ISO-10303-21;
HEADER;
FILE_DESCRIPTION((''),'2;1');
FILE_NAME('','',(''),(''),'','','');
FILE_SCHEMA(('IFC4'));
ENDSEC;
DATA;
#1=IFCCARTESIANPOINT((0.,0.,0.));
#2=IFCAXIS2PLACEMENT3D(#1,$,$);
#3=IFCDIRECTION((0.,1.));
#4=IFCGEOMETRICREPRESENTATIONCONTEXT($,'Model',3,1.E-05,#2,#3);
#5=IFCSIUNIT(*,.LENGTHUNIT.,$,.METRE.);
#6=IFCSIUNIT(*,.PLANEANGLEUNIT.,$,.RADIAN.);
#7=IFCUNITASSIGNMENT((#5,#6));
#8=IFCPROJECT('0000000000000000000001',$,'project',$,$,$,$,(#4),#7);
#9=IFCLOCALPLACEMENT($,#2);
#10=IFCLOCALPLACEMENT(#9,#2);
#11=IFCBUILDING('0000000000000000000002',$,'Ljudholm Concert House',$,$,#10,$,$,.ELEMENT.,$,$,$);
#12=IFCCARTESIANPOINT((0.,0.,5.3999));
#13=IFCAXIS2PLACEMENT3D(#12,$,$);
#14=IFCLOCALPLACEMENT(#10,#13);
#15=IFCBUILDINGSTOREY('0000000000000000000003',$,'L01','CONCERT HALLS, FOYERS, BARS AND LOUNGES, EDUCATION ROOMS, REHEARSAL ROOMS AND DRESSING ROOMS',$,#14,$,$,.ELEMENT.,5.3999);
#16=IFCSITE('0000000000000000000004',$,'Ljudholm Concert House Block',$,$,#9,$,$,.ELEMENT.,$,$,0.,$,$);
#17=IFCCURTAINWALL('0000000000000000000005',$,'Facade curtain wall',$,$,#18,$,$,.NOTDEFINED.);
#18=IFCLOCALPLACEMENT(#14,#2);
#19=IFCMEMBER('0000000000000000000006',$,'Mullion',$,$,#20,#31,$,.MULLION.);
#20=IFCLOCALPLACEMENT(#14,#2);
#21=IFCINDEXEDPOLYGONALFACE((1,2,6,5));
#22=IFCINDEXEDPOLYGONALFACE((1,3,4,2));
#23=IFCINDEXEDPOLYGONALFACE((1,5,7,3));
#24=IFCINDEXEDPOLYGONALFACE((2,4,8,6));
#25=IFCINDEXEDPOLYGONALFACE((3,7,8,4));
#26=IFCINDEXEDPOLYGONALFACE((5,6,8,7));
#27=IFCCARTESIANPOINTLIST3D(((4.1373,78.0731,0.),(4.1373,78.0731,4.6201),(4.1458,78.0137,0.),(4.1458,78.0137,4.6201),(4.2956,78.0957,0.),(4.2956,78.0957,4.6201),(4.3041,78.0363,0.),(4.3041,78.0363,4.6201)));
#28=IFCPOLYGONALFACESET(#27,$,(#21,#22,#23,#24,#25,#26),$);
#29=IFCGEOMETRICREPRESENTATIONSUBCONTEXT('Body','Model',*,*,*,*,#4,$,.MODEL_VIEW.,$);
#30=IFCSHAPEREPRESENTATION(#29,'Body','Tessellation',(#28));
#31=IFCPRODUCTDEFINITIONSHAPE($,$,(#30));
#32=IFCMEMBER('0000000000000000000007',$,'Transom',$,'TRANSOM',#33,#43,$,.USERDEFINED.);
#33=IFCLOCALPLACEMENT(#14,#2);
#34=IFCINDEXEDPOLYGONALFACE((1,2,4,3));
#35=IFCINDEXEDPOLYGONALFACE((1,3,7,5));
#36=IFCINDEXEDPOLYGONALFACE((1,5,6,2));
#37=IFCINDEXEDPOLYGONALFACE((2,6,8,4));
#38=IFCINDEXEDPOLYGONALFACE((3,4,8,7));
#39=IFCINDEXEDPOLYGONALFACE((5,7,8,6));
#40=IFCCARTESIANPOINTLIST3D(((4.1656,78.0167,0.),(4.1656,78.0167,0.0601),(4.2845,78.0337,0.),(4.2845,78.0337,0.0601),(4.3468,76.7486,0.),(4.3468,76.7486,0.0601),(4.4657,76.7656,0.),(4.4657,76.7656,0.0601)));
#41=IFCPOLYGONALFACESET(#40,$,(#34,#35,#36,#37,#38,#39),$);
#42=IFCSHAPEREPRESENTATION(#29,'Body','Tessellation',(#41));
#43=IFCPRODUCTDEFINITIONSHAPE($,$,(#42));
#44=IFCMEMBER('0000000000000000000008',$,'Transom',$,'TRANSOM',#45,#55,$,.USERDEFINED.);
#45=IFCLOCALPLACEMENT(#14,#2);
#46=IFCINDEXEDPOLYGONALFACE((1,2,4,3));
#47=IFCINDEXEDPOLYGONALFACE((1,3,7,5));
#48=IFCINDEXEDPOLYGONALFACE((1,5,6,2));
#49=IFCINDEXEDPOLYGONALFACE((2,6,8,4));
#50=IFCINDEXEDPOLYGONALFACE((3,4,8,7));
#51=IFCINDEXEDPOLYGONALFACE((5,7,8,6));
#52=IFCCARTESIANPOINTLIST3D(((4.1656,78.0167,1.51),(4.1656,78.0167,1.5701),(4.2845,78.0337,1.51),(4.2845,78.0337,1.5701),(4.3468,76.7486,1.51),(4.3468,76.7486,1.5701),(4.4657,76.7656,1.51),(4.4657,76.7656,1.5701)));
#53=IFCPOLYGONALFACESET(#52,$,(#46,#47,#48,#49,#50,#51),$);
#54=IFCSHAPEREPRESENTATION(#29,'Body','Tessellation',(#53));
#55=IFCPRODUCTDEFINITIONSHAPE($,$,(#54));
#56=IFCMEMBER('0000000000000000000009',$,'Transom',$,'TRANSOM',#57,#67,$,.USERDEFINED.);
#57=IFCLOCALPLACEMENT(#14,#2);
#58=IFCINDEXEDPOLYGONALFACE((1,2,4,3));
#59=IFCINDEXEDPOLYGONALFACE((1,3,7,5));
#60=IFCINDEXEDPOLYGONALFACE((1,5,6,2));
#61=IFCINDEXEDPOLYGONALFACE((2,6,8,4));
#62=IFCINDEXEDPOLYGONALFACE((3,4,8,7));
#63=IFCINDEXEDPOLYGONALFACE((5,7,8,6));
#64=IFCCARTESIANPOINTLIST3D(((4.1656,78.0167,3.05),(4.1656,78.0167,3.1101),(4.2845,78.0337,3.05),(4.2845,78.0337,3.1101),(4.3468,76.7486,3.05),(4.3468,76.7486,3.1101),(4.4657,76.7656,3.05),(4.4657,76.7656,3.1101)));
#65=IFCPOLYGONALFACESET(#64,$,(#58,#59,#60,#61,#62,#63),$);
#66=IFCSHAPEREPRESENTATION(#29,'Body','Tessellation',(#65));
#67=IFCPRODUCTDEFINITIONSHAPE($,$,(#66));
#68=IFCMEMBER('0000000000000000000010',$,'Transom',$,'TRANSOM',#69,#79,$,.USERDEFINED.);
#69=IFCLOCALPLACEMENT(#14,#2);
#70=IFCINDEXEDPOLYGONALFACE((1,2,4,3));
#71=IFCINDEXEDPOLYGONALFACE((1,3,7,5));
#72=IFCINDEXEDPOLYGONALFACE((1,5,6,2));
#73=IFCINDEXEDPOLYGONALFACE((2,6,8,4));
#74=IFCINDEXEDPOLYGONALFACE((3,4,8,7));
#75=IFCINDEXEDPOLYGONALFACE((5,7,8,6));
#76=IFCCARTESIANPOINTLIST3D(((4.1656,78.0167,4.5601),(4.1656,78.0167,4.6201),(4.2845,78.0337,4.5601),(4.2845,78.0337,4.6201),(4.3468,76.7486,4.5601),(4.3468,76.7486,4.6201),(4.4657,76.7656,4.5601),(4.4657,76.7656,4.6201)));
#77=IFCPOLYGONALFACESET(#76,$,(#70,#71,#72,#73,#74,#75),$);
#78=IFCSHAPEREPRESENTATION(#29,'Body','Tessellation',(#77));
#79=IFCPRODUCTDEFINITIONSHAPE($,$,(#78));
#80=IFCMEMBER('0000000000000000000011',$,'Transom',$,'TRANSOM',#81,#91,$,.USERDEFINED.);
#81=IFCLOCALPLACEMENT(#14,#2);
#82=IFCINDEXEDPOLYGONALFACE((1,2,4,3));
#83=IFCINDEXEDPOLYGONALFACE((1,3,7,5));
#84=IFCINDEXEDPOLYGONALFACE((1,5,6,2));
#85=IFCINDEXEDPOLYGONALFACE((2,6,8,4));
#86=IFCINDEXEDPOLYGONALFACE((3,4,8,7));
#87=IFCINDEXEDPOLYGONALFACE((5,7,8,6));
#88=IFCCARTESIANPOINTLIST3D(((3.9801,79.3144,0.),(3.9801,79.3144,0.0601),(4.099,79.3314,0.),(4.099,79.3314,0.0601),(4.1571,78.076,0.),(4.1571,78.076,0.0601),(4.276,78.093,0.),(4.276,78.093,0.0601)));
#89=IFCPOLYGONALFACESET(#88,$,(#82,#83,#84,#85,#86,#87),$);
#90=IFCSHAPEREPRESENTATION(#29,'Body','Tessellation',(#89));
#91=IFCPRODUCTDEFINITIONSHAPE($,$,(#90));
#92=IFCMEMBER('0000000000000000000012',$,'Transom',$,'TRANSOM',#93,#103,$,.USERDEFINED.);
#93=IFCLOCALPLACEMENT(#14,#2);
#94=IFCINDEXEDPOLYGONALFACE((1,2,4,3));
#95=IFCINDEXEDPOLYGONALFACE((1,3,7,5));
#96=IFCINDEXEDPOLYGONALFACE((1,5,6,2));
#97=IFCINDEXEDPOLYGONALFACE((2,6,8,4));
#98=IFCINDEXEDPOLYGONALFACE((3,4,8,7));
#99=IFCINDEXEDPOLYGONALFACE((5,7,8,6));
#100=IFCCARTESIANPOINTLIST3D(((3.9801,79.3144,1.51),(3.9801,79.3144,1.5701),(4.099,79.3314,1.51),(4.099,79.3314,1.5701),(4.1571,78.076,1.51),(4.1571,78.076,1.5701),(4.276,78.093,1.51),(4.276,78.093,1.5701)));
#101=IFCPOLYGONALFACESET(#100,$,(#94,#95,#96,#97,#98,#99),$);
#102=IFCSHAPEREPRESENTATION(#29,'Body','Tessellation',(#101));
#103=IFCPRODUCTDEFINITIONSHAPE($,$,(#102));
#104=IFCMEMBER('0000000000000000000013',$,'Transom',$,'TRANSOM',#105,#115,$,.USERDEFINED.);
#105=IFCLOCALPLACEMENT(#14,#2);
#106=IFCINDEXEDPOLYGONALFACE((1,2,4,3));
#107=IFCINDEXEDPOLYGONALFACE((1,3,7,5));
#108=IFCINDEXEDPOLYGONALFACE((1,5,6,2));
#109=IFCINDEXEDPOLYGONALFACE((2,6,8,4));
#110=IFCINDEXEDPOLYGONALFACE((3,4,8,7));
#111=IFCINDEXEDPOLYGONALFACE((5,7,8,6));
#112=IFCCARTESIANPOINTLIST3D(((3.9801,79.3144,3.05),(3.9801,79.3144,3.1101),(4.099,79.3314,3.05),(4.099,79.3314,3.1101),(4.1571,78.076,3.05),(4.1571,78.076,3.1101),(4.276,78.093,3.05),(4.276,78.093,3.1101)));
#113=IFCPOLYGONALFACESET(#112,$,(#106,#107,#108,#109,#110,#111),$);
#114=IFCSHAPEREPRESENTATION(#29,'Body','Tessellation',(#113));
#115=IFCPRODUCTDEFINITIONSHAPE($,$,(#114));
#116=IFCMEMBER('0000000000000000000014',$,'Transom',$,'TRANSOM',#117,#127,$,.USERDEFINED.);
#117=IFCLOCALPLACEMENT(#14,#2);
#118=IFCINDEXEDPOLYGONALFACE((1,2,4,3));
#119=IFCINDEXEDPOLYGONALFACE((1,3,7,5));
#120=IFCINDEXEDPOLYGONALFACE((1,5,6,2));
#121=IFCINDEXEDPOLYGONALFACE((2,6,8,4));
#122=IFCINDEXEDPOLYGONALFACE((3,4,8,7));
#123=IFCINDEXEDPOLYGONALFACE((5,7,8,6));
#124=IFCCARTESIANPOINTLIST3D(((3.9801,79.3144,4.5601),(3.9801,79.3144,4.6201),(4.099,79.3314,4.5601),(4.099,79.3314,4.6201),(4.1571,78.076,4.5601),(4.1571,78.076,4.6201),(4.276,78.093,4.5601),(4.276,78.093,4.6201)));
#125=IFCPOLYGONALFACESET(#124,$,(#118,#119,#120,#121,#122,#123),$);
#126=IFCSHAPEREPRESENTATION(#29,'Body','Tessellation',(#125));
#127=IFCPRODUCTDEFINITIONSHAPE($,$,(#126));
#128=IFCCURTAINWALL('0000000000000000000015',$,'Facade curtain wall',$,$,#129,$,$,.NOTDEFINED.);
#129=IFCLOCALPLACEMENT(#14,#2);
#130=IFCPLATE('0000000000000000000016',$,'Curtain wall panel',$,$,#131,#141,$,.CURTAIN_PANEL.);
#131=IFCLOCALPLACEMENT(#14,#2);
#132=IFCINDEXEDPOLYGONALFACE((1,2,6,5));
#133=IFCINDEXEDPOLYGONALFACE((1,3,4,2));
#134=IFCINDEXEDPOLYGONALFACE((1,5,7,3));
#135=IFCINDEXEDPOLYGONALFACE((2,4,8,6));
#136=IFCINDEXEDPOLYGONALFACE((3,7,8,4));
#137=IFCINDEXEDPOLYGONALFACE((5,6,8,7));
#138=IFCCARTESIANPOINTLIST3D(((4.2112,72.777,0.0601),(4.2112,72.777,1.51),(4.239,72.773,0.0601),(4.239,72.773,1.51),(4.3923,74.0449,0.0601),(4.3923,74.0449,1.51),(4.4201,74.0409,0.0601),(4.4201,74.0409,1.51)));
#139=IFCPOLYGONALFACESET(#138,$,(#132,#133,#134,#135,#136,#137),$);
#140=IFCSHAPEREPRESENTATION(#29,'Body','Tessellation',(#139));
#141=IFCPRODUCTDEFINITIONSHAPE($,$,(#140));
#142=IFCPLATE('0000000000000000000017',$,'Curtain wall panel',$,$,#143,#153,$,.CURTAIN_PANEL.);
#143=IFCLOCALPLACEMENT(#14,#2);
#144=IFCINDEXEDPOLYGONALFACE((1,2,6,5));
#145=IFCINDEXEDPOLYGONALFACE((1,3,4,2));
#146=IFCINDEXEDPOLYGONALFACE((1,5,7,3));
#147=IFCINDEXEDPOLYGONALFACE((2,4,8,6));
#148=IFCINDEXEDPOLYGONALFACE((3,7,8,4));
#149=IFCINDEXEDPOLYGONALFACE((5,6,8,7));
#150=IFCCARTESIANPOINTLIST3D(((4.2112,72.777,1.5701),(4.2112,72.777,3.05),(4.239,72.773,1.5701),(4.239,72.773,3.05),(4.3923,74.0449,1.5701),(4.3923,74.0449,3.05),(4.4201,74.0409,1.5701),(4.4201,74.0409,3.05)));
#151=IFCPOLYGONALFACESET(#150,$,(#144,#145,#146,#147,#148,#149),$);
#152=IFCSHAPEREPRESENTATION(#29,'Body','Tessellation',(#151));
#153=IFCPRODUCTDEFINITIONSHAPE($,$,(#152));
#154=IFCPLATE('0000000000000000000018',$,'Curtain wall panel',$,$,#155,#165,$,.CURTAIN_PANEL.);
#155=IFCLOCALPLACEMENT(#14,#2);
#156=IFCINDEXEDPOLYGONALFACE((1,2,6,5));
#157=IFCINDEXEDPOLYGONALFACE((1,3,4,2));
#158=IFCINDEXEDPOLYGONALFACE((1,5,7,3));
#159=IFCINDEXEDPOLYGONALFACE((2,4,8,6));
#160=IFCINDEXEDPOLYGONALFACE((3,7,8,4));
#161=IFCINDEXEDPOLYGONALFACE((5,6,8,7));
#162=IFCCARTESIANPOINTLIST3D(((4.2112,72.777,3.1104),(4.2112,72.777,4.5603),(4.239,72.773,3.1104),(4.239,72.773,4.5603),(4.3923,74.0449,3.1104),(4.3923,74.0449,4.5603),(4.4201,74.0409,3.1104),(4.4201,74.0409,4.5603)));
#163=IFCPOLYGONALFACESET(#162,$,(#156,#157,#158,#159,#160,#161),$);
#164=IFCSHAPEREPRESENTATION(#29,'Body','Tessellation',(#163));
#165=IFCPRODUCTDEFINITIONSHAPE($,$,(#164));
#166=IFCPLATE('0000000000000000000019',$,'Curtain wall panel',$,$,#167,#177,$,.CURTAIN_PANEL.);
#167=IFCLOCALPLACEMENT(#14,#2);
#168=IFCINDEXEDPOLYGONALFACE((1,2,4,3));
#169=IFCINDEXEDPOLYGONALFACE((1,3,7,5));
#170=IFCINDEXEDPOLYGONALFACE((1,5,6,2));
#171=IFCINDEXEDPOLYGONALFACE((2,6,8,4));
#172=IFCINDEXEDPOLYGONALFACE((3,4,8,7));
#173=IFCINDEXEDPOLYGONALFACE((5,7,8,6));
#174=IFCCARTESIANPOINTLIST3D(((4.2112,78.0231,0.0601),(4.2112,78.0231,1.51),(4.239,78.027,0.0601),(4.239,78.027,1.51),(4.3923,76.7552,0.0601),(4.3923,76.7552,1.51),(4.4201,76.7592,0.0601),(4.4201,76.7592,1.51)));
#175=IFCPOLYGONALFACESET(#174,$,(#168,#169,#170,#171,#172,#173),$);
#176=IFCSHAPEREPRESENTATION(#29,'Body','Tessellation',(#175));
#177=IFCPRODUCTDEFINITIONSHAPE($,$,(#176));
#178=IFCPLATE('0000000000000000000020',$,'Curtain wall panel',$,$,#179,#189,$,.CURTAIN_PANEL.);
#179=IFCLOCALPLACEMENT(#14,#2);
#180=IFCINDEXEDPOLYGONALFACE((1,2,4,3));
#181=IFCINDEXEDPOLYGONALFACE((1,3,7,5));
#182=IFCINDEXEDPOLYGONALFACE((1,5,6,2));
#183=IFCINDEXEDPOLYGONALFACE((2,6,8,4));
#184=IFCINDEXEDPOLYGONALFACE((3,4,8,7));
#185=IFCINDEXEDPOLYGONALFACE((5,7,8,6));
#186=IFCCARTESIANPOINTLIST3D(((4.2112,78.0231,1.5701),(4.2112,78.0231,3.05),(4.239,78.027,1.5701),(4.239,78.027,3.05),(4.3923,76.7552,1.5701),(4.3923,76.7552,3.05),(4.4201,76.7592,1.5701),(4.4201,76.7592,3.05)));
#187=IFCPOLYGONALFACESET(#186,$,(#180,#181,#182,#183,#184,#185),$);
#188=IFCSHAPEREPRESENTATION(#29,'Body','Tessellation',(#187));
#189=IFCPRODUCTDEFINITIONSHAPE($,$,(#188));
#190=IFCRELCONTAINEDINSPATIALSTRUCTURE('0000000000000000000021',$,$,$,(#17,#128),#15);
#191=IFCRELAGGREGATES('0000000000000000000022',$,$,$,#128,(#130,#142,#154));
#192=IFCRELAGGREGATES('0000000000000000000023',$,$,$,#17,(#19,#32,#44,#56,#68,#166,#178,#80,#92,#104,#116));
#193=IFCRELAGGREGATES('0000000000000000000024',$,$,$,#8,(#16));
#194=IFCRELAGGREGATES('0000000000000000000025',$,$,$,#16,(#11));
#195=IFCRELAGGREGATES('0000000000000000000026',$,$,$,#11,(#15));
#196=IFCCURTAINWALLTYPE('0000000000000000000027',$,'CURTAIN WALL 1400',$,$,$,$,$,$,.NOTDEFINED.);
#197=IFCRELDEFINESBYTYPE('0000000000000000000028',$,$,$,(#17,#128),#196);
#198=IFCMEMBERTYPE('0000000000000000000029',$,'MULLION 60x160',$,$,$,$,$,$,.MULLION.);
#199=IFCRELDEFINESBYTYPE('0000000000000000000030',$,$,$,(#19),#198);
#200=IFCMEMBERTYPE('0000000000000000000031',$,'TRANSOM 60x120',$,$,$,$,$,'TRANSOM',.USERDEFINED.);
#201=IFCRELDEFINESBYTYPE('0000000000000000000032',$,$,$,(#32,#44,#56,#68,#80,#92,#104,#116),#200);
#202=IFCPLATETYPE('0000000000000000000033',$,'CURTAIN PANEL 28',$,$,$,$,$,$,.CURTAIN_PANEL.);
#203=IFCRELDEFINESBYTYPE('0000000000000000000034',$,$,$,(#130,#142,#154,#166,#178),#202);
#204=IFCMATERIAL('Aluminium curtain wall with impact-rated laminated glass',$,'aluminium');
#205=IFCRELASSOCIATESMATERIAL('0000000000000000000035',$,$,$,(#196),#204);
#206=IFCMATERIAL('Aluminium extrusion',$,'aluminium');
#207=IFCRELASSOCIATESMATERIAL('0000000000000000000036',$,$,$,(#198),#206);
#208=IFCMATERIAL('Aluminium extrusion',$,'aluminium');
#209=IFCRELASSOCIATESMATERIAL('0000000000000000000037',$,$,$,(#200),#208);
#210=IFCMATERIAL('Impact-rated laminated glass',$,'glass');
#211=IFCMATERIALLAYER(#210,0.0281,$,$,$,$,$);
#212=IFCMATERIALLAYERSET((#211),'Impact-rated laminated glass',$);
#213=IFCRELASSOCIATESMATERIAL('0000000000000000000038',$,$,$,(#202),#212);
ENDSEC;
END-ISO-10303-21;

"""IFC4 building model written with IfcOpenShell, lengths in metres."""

from ifc_helpers import new_model, si_unit, direction, frame, origin, origin_2d, place, context, subcontext, project, spatial, rectangle, extrude, material, layer, layer_set, material_profile, profile_set, type_object, element, aggregate, save


model = new_model("IFC4")

# Units and contexts
model_context = context("Model", 3, precision=1e-05, world=origin(), true_north=direction((0.0, 1.0)))
body_context = subcontext(model_context, "Body", "Model", "MODEL_VIEW")
ifc_project = project(units=[si_unit("LENGTHUNIT", "METRE"), si_unit("PLANEANGLEUNIT", "RADIAN")], contexts=[model_context])

# Site, building, storey
site_placement = place(None, origin())
site = spatial("IfcSite", under=ifc_project, at=site_placement, Name="Ljudholm Concert House Block", CompositionType="ELEMENT", RefElevation=0.0)
building_placement = place(site_placement, origin())
building = spatial("IfcBuilding", under=site, at=building_placement, Name="Ljudholm Concert House", CompositionType="ELEMENT")
storey_placement = place(building_placement, frame((0.0, 0.0, 5.3999)))
storey = spatial("IfcBuildingStorey", under=building, at=storey_placement, Name="L01", Description="CONCERT HALLS, FOYERS, BARS AND LOUNGES, EDUCATION ROOMS, REHEARSAL ROOMS AND DRESSING ROOMS", CompositionType="ELEMENT", Elevation=5.3999)

# Curtain wall, members
ifc_material_1 = material(Name="Aluminium curtain wall with impact-rated laminated glass", Category="aluminium")
curtain_wall_type = type_object("IfcCurtainWallType", Name="CURTAIN WALL 1400", PredefinedType="NOTDEFINED", material=ifc_material_1)
curtain_wall_1_placement = place(storey_placement, origin())
curtain_wall_1 = element("IfcCurtainWall", 1, at=curtain_wall_1_placement, inside=storey, type_object=curtain_wall_type, Name="Facade curtain wall", PredefinedType="NOTDEFINED")
ifc_material_2 = material(Name="Aluminium extrusion", Category="aluminium")
ifc_material_profile_1 = material_profile(ifc_material_2, rectangle(XDim=0.1599, YDim=0.0601, at=origin_2d()), Name="MULLION 60x160")
ifc_profile_set_1 = profile_set([ifc_material_profile_1], Name="Aluminium extrusion")
member_type_1 = type_object("IfcMemberType", Name="MULLION 60x160", PredefinedType="MULLION", material=ifc_profile_set_1)
member_1_placement = place(storey_placement, frame((4.2207, 78.0547, 0.0), z_axis=(0.0, 0.0, 1.0), x_axis=(-0.989949, -0.141421, 0.0)))
member_1 = element("IfcMember", 2, at=member_1_placement, type_object=member_type_1, Name="Mullion", PredefinedType="MULLION", context=body_context, shape_type="SweptSolid", body=[
    extrude(rectangle(XDim=0.1599, YDim=0.0601, at=origin_2d()), origin(), (0.0, 0.0, 1.0), 4.6201),
])
ifc_material_3 = material(Name="Aluminium extrusion", Category="aluminium")
ifc_material_profile_2 = material_profile(ifc_material_3, rectangle(XDim=0.1201, YDim=0.0601, at=origin_2d()), Name="TRANSOM 60x120")
ifc_profile_set_2 = profile_set([ifc_material_profile_2], Name="Aluminium extrusion")
member_type_2 = type_object("IfcMemberType", Name="TRANSOM 60x120", ElementType="TRANSOM", PredefinedType="USERDEFINED", material=ifc_profile_set_2)
member_2_placement = place(storey_placement, frame((4.4062, 76.7571, 0.03), z_axis=(-0.141421, 0.989949, 0.0), x_axis=(-0.989949, -0.141421, 0.0)))
member_2 = element("IfcMember", 3, at=member_2_placement, type_object=member_type_2, Name="Transom", ObjectType="TRANSOM", PredefinedType="USERDEFINED", context=body_context, shape_type="SweptSolid", body=[
    extrude(rectangle(XDim=0.1201, YDim=0.0601, at=origin_2d()), origin(), (0.0, 0.0, 1.0), 1.281),
])
member_3_placement = place(storey_placement, frame((4.4062, 76.7571, 1.54), z_axis=(-0.141421, 0.989949, 0.0), x_axis=(-0.989949, -0.141421, 0.0)))
member_3 = element("IfcMember", 4, at=member_3_placement, type_object=member_type_2, Name="Transom", ObjectType="TRANSOM", PredefinedType="USERDEFINED", context=body_context, shape_type="SweptSolid", body=[
    extrude(rectangle(XDim=0.1201, YDim=0.0601, at=origin_2d()), origin(), (0.0, 0.0, 1.0), 1.281),
])
member_4_placement = place(storey_placement, frame((4.4062, 76.7571, 3.0801), z_axis=(-0.141421, 0.989949, 0.0), x_axis=(-0.989949, -0.141421, 0.0)))
member_4 = element("IfcMember", 5, at=member_4_placement, type_object=member_type_2, Name="Transom", ObjectType="TRANSOM", PredefinedType="USERDEFINED", context=body_context, shape_type="SweptSolid", body=[
    extrude(rectangle(XDim=0.1201, YDim=0.0601, at=origin_2d()), origin(), (0.0, 0.0, 1.0), 1.281),
])
member_5_placement = place(storey_placement, frame((4.4062, 76.7571, 4.5901), z_axis=(-0.141421, 0.989949, 0.0), x_axis=(-0.989949, -0.141421, 0.0)))
member_5 = element("IfcMember", 6, at=member_5_placement, type_object=member_type_2, Name="Transom", ObjectType="TRANSOM", PredefinedType="USERDEFINED", context=body_context, shape_type="SweptSolid", body=[
    extrude(rectangle(XDim=0.1201, YDim=0.0601, at=origin_2d()), origin(), (0.0, 0.0, 1.0), 1.281),
])
member_6_placement = place(storey_placement, frame((4.2166, 78.0845, 0.03), z_axis=(-0.141503, 0.989938, 0.0), x_axis=(-0.989938, -0.141503, 0.0)))
member_6 = element("IfcMember", 7, at=member_6_placement, type_object=member_type_2, Name="Transom", ObjectType="TRANSOM", PredefinedType="USERDEFINED", context=body_context, shape_type="SweptSolid", body=[
    extrude(rectangle(XDim=0.1201, YDim=0.0601, at=origin_2d()), origin(), (0.0, 0.0, 1.0), 1.251),
])
member_7_placement = place(storey_placement, frame((4.2166, 78.0845, 1.54), z_axis=(-0.141503, 0.989938, 0.0), x_axis=(-0.989938, -0.141503, 0.0)))
member_7 = element("IfcMember", 8, at=member_7_placement, type_object=member_type_2, Name="Transom", ObjectType="TRANSOM", PredefinedType="USERDEFINED", context=body_context, shape_type="SweptSolid", body=[
    extrude(rectangle(XDim=0.1201, YDim=0.0601, at=origin_2d()), origin(), (0.0, 0.0, 1.0), 1.251),
])
member_8_placement = place(storey_placement, frame((4.2166, 78.0845, 3.0801), z_axis=(-0.141503, 0.989938, 0.0), x_axis=(-0.989938, -0.141503, 0.0)))
member_8 = element("IfcMember", 9, at=member_8_placement, type_object=member_type_2, Name="Transom", ObjectType="TRANSOM", PredefinedType="USERDEFINED", context=body_context, shape_type="SweptSolid", body=[
    extrude(rectangle(XDim=0.1201, YDim=0.0601, at=origin_2d()), origin(), (0.0, 0.0, 1.0), 1.251),
])
member_9_placement = place(storey_placement, frame((4.2166, 78.0845, 4.5901), z_axis=(-0.141503, 0.989938, 0.0), x_axis=(-0.989938, -0.141503, 0.0)))
member_9 = element("IfcMember", 10, at=member_9_placement, type_object=member_type_2, Name="Transom", ObjectType="TRANSOM", PredefinedType="USERDEFINED", context=body_context, shape_type="SweptSolid", body=[
    extrude(rectangle(XDim=0.1201, YDim=0.0601, at=origin_2d()), origin(), (0.0, 0.0, 1.0), 1.251),
])

# Curtain wall, plates
curtain_wall_2_placement = place(storey_placement, origin())
curtain_wall_2 = element("IfcCurtainWall", 11, at=curtain_wall_2_placement, inside=storey, type_object=curtain_wall_type, Name="Facade curtain wall", PredefinedType="NOTDEFINED")
ifc_material_4 = material(Name="Impact-rated laminated glass", Category="glass")
ifc_layer = layer(ifc_material_4, 0.0281)
ifc_layer_set = layer_set([ifc_layer], Name="Impact-rated laminated glass")
plate_type = type_object("IfcPlateType", Name="CURTAIN PANEL 28", PredefinedType="CURTAIN_PANEL", material=ifc_layer_set)
plate_1_placement = place(storey_placement, frame((4.3157, 73.4089, 0.0601), z_axis=(0.0, 0.0, 1.0), x_axis=(0.141421, 0.989949, 0.0)))
plate_1 = element("IfcPlate", 12, at=plate_1_placement, type_object=plate_type, Name="Curtain wall panel", PredefinedType="CURTAIN_PANEL", context=body_context, shape_type="SweptSolid", body=[
    extrude(rectangle(XDim=1.2808, YDim=0.0281, at=origin_2d()), origin(), (0.0, 0.0, 1.0), 1.45),
])
plate_2_placement = place(storey_placement, frame((4.3157, 73.4089, 1.5701), z_axis=(0.0, 0.0, 1.0), x_axis=(0.141421, 0.989949, 0.0)))
plate_2 = element("IfcPlate", 13, at=plate_2_placement, type_object=plate_type, Name="Curtain wall panel", PredefinedType="CURTAIN_PANEL", context=body_context, shape_type="SweptSolid", body=[
    extrude(rectangle(XDim=1.2808, YDim=0.0281, at=origin_2d()), origin(), (0.0, 0.0, 1.0), 1.48),
])
plate_3_placement = place(storey_placement, frame((4.3157, 73.4089, 3.1104), z_axis=(0.0, 0.0, 1.0), x_axis=(0.141421, 0.989949, 0.0)))
plate_3 = element("IfcPlate", 14, at=plate_3_placement, type_object=plate_type, Name="Curtain wall panel", PredefinedType="CURTAIN_PANEL", context=body_context, shape_type="SweptSolid", body=[
    extrude(rectangle(XDim=1.2808, YDim=0.0281, at=origin_2d()), origin(), (0.0, 0.0, 1.0), 1.45),
])
aggregate(curtain_wall_2, [plate_1, plate_2, plate_3])

# Plates
plate_4_placement = place(storey_placement, frame((4.3157, 77.3911, 0.0601), z_axis=(0.0, 0.0, 1.0), x_axis=(-0.141421, 0.989949, 0.0)))
plate_4 = element("IfcPlate", 15, at=plate_4_placement, type_object=plate_type, Name="Curtain wall panel", PredefinedType="CURTAIN_PANEL", context=body_context, shape_type="SweptSolid", body=[
    extrude(rectangle(XDim=1.2808, YDim=0.0281, at=origin_2d()), origin(), (0.0, 0.0, 1.0), 1.45),
])
plate_5_placement = place(storey_placement, frame((4.3157, 77.3911, 1.5701), z_axis=(0.0, 0.0, 1.0), x_axis=(-0.141421, 0.989949, 0.0)))
plate_5 = element("IfcPlate", 16, at=plate_5_placement, type_object=plate_type, Name="Curtain wall panel", PredefinedType="CURTAIN_PANEL", context=body_context, shape_type="SweptSolid", body=[
    extrude(rectangle(XDim=1.2808, YDim=0.0281, at=origin_2d()), origin(), (0.0, 0.0, 1.0), 1.48),
])
aggregate(curtain_wall_1, [member_1, member_2, member_3, member_4, member_5, plate_4, plate_5, member_6, member_7, member_8, member_9])

save(model, "model.ifc")
